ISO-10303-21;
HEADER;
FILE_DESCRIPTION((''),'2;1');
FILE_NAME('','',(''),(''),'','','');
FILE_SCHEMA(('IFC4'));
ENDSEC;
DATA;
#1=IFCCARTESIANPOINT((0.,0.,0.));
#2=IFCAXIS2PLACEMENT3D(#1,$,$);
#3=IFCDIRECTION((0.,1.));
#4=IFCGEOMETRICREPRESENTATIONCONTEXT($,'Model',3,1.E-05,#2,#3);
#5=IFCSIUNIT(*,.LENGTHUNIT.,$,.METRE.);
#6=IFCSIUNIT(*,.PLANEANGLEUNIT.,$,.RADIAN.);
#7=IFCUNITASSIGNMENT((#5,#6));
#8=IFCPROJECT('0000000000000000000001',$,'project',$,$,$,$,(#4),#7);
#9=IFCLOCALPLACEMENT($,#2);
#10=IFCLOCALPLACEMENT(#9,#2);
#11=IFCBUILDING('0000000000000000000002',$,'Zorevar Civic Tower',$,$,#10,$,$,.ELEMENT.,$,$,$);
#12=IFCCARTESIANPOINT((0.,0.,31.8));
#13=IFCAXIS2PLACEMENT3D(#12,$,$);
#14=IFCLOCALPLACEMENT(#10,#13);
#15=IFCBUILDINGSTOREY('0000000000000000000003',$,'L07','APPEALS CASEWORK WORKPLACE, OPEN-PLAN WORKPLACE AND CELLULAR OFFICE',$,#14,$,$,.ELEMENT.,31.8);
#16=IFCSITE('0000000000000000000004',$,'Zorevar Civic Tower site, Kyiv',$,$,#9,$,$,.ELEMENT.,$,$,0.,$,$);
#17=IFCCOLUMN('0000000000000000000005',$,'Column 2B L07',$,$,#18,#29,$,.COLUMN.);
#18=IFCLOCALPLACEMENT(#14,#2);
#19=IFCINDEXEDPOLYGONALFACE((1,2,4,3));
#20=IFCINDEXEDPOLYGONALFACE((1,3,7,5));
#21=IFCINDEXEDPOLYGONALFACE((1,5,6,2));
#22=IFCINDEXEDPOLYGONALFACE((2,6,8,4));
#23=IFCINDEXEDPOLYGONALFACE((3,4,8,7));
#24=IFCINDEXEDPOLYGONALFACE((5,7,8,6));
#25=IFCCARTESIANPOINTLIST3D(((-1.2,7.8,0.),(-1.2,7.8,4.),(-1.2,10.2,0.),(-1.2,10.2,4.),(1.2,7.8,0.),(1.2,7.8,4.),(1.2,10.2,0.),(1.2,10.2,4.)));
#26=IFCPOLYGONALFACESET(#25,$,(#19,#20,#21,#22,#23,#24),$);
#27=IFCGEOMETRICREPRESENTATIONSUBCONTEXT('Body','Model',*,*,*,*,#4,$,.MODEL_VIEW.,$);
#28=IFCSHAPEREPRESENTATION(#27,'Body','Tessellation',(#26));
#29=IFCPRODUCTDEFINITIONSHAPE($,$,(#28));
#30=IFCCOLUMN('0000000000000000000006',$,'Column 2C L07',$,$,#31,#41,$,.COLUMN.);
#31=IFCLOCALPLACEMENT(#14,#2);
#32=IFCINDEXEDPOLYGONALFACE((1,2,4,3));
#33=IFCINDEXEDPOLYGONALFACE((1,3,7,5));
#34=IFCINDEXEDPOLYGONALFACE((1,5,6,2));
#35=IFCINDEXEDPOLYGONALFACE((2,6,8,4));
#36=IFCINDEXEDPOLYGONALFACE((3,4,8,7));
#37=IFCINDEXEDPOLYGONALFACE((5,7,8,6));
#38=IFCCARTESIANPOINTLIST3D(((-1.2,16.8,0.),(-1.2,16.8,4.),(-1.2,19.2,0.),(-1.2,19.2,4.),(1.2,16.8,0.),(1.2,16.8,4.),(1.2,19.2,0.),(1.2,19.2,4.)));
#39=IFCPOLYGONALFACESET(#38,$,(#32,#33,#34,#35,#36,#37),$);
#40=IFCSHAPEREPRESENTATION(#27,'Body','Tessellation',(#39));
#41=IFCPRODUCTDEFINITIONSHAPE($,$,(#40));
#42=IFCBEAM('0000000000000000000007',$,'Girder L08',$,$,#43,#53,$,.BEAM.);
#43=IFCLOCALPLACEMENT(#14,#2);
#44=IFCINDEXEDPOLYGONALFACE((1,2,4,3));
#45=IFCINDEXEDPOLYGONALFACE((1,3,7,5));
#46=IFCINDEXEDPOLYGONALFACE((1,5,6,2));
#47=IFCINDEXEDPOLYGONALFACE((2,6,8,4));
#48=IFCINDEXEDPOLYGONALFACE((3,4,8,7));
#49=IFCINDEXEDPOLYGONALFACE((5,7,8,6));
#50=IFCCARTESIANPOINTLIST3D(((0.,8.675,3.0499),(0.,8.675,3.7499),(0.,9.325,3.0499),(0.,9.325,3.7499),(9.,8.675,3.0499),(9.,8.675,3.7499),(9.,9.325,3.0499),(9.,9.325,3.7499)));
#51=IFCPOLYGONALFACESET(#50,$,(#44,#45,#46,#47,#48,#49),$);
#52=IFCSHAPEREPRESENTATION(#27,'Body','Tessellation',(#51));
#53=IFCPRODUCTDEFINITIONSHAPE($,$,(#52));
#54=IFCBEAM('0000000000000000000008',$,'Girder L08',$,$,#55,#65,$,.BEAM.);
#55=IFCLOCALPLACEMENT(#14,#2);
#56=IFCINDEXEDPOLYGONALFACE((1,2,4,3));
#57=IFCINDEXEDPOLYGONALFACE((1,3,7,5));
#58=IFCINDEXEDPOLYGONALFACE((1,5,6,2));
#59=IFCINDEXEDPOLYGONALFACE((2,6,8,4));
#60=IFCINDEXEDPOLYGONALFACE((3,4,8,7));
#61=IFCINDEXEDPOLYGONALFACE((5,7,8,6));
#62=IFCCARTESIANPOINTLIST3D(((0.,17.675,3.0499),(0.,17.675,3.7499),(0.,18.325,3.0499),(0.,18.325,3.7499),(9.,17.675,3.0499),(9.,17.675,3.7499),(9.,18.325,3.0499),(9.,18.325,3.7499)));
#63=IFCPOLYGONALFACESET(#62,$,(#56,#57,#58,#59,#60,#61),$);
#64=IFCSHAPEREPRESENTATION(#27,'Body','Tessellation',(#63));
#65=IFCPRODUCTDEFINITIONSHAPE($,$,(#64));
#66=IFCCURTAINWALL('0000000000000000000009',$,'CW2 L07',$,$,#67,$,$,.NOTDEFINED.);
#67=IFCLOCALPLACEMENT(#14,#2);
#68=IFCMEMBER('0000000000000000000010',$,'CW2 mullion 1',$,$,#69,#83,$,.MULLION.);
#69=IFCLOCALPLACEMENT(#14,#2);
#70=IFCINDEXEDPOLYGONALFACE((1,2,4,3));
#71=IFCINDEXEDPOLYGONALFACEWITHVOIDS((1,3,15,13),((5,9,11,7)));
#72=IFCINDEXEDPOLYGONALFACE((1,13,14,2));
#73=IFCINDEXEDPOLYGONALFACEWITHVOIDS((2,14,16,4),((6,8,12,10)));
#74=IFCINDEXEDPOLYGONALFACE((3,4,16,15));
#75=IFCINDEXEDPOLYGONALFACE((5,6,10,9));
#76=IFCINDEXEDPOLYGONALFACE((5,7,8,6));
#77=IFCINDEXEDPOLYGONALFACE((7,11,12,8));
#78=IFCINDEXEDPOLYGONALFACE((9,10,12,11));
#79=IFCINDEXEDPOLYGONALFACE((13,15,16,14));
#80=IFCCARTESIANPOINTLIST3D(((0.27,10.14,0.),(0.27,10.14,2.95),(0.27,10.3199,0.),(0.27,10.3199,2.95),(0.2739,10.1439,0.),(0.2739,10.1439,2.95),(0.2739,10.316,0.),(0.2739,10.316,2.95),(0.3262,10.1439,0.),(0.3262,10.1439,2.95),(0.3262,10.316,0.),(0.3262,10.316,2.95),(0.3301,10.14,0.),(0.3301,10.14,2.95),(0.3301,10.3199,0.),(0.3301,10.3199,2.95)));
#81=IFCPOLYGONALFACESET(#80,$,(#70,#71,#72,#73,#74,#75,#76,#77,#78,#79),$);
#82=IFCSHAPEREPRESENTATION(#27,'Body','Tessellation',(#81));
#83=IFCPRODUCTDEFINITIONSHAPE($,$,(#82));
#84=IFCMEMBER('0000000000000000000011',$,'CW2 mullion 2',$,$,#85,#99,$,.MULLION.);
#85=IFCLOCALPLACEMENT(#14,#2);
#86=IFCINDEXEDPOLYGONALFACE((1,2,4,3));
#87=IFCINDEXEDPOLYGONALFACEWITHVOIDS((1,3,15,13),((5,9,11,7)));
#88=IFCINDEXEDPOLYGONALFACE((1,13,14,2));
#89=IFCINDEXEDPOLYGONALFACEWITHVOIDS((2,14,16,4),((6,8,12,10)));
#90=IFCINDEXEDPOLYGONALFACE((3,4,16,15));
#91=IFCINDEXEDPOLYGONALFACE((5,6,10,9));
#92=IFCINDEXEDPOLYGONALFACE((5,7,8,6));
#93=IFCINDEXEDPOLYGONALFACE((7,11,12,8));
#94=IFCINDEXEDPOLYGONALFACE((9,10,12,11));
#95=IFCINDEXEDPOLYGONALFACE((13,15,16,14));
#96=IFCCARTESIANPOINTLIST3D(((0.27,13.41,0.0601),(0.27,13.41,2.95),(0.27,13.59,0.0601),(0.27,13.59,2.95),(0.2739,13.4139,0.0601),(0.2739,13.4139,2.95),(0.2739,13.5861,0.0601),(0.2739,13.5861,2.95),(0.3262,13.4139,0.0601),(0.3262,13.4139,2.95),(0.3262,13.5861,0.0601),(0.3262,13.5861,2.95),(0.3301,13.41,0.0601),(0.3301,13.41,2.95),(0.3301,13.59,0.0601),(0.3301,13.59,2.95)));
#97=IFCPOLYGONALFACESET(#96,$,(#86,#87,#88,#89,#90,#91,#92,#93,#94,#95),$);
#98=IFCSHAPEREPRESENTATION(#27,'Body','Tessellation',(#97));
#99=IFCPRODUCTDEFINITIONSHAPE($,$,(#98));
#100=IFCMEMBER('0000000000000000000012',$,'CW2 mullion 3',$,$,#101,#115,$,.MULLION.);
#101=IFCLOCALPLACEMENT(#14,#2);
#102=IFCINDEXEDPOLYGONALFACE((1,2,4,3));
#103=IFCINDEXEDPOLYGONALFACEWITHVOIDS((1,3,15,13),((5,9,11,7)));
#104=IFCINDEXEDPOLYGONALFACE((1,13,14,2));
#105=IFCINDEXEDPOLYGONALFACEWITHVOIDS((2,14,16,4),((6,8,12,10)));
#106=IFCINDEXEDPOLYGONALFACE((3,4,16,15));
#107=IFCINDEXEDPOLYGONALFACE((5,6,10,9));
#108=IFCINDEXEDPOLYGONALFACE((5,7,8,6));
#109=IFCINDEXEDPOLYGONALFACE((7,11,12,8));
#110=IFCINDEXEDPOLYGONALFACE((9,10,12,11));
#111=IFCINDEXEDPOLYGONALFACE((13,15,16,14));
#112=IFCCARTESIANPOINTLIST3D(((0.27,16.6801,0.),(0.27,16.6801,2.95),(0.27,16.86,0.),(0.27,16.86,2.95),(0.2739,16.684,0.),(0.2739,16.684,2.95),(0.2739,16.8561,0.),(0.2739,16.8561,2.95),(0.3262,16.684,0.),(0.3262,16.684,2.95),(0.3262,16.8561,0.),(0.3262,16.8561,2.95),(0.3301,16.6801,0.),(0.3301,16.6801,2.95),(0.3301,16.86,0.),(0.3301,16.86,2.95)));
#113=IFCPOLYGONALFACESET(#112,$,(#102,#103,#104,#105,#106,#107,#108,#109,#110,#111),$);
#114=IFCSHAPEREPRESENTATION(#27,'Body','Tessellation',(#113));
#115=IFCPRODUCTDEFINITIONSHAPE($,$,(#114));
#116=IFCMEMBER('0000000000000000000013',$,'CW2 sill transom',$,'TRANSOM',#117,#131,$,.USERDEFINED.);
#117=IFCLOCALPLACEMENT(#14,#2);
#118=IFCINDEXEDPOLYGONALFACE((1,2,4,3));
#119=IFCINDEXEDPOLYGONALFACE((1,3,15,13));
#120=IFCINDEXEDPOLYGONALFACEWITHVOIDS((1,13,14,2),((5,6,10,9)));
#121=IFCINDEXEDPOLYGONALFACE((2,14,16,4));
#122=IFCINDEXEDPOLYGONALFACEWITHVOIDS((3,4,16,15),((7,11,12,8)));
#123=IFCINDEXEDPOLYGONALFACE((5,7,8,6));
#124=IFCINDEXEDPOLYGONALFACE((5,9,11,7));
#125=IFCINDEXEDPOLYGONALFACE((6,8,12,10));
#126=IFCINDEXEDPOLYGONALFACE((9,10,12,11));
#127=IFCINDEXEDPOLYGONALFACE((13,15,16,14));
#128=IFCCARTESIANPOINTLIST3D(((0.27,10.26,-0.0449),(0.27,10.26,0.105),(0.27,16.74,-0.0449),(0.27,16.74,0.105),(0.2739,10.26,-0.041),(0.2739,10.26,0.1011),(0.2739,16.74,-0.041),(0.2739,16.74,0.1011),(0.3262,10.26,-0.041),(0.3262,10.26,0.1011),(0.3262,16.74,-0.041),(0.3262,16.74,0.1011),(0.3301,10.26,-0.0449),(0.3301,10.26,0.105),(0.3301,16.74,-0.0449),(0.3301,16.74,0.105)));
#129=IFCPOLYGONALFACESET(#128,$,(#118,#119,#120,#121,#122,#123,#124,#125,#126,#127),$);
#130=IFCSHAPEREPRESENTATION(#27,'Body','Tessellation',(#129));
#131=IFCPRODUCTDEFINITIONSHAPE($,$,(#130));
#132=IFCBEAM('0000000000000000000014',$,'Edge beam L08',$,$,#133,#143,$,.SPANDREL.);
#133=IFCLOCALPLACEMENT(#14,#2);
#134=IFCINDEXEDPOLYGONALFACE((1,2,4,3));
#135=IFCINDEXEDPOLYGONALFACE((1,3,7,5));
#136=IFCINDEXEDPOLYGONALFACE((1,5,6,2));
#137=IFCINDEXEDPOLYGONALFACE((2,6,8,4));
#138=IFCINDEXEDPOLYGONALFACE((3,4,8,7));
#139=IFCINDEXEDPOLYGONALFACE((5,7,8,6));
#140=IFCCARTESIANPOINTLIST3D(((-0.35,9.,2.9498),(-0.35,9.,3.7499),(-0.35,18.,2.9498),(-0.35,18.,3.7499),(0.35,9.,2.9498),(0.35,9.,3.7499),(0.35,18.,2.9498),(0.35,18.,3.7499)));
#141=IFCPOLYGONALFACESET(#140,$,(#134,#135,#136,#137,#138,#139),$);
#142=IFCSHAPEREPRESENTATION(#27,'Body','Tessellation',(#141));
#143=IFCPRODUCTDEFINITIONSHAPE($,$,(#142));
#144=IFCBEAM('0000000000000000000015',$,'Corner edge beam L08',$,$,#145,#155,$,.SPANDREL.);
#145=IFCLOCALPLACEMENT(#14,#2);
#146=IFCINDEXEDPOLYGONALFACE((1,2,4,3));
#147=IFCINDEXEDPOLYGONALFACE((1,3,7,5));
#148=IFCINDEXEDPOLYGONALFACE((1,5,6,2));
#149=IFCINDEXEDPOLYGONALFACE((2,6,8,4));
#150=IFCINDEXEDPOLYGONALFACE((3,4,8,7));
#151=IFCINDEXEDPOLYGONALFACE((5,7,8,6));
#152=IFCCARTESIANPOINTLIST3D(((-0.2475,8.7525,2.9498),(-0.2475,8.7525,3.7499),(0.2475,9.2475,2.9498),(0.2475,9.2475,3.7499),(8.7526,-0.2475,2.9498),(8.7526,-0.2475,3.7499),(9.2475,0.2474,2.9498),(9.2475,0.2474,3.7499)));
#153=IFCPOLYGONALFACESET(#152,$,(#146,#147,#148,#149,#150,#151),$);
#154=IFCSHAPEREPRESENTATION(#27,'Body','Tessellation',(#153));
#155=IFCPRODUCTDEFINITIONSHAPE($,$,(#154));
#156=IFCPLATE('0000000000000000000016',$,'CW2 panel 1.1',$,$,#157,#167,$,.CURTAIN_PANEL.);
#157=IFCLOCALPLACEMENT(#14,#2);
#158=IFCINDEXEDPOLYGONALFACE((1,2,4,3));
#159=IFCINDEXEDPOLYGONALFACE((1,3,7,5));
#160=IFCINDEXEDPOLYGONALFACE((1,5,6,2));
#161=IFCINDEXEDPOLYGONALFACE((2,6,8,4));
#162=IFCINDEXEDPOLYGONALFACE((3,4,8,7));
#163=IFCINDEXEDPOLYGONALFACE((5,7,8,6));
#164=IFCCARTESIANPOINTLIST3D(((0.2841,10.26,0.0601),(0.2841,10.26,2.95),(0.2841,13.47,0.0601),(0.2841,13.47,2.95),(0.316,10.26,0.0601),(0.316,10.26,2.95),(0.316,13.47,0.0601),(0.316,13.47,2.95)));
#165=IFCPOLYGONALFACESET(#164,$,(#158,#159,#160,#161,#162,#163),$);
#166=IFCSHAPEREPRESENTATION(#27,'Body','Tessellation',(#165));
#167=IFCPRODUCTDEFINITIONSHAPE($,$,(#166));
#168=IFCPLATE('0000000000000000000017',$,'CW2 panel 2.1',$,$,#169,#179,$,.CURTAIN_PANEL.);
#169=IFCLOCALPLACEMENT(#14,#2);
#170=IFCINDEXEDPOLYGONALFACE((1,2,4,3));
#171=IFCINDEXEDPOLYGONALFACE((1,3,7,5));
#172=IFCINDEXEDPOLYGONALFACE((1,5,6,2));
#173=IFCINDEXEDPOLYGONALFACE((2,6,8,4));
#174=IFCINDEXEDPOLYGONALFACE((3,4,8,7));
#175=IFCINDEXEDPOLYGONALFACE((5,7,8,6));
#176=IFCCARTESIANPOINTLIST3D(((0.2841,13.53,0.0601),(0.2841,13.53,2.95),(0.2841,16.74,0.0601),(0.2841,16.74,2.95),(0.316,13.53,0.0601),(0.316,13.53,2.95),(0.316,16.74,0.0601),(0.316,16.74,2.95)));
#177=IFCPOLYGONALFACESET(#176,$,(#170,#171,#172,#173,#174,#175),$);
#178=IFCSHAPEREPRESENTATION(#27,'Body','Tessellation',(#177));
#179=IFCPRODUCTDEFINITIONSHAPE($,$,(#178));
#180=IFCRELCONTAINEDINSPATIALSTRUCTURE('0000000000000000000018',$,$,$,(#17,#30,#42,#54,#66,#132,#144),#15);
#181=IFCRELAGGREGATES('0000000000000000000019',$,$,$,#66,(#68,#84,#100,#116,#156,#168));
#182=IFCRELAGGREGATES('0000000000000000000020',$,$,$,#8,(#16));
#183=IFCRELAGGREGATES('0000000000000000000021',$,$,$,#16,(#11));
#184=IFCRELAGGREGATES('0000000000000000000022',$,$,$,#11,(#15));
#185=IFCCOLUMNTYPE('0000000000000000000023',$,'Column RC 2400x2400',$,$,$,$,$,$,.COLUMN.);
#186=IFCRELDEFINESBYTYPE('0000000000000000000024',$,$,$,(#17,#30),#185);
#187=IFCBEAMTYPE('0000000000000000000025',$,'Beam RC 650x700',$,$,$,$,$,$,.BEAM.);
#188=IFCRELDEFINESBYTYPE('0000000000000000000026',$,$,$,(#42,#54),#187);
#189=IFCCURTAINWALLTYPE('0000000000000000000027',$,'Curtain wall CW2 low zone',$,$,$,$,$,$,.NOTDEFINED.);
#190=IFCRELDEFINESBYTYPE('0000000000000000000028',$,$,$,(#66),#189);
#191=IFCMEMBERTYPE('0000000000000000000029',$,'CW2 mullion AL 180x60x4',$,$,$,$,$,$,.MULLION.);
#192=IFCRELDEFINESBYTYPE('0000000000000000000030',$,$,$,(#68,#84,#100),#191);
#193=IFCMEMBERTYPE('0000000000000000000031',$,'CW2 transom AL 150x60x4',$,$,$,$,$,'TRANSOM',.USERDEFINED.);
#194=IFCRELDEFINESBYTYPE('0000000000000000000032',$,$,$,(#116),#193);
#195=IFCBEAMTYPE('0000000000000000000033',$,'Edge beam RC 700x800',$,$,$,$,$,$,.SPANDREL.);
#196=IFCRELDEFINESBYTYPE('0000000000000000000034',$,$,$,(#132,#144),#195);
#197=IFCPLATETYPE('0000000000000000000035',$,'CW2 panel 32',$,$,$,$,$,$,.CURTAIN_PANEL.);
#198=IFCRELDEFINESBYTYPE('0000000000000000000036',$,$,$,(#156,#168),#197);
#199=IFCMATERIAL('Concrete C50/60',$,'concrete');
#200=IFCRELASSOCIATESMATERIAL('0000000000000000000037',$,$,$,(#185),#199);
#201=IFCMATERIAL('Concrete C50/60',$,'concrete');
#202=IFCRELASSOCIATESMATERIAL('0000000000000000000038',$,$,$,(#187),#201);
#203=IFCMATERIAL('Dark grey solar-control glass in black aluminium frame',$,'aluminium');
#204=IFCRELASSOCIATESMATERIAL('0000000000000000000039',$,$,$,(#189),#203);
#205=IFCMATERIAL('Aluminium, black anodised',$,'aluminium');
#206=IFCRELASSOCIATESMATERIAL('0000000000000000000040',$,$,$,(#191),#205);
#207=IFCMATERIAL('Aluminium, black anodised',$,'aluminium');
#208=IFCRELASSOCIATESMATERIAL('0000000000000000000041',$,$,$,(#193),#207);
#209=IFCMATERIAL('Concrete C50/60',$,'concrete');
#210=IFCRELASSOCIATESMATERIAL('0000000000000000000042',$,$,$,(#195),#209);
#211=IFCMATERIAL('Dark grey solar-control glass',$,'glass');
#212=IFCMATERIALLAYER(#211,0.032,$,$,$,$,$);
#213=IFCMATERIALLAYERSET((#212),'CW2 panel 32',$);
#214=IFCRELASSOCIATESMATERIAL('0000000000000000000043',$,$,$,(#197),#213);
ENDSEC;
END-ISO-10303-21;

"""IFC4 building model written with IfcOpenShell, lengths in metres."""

from ifc_helpers import new_model, si_unit, direction, frame, origin, origin_2d, place, context, subcontext, project, spatial, rectangle, hollow_rectangle, extrude, material, layer, layer_set, material_profile, profile_set, type_object, element, aggregate, save


model = new_model("IFC4")

# Units and contexts
model_context = context("Model", 3, precision=1e-05, world=origin(), true_north=direction((0.0, 1.0)))
body_context = subcontext(model_context, "Body", "Model", "MODEL_VIEW")
ifc_project = project(units=[si_unit("LENGTHUNIT", "METRE"), si_unit("PLANEANGLEUNIT", "RADIAN")], contexts=[model_context])

# Site, building, storey
site_placement = place(None, origin())
site = spatial("IfcSite", under=ifc_project, at=site_placement, Name="Zorevar Civic Tower site, Kyiv", CompositionType="ELEMENT", RefElevation=0.0)
building_placement = place(site_placement, origin())
building = spatial("IfcBuilding", under=site, at=building_placement, Name="Zorevar Civic Tower", CompositionType="ELEMENT")
storey_placement = place(building_placement, frame((0.0, 0.0, 31.8)))
storey = spatial("IfcBuildingStorey", under=building, at=storey_placement, Name="L07", Description="APPEALS CASEWORK WORKPLACE, OPEN-PLAN WORKPLACE AND CELLULAR OFFICE", CompositionType="ELEMENT", Elevation=31.8)

# Columns
ifc_material_1 = material(Name="Concrete C50/60", Category="concrete")
ifc_material_profile_1 = material_profile(ifc_material_1, rectangle(XDim=2.3999, YDim=2.3999, at=origin_2d()), Name="RC 2400x2400")
ifc_profile_set_1 = profile_set([ifc_material_profile_1], Name="Concrete C50/60")
column_type = type_object("IfcColumnType", Name="Column RC 2400x2400", PredefinedType="COLUMN", material=ifc_profile_set_1)
for number, where, z_axis, x_axis, name in (
    (1, (0.0, 9.0, 0.0), (0.0, 0.0, 1.0), (1.0, 0.0, 0.0), "Column 2B L07"),
    (2, (0.0, 18.0, 0.0), (0.0, 0.0, 1.0), (1.0, 0.0, 0.0), "Column 2C L07"),
):
    element("IfcColumn", number, at=place(storey_placement, frame(where, z_axis=z_axis, x_axis=x_axis)), inside=storey, type_object=column_type, Name=name, PredefinedType="COLUMN", context=body_context, shape_type="SweptSolid", body=[
        extrude(rectangle(XDim=2.3999, YDim=2.3999, at=origin_2d()), origin(), (0.0, 0.0, 1.0), 4.0),
    ])

# Beams
ifc_material_2 = material(Name="Concrete C50/60", Category="concrete")
ifc_material_profile_2 = material_profile(ifc_material_2, rectangle(XDim=0.6499, YDim=0.7, at=origin_2d()), Name="RC 650x700")
ifc_profile_set_2 = profile_set([ifc_material_profile_2], Name="Concrete C50/60")
beam_type_1 = type_object("IfcBeamType", Name="Beam RC 650x700", PredefinedType="BEAM", material=ifc_profile_set_2)
for number, where, z_axis, x_axis, name in (
    (3, (0.0, 9.0, 3.3999), (1.0, 0.0, 0.0), (0.0, 1.0, 0.0), "Girder L08"),
    (4, (0.0, 18.0, 3.3999), (1.0, 0.0, 0.0), (0.0, 1.0, 0.0), "Girder L08"),
):
    element("IfcBeam", number, at=place(storey_placement, frame(where, z_axis=z_axis, x_axis=x_axis)), inside=storey, type_object=beam_type_1, Name=name, PredefinedType="BEAM", context=body_context, shape_type="SweptSolid", body=[
        extrude(rectangle(XDim=0.6499, YDim=0.7, at=origin_2d()), origin(), (0.0, 0.0, 1.0), 9.0),
    ])

# Curtain wall, members
ifc_material_3 = material(Name="Dark grey solar-control glass in black aluminium frame", Category="aluminium")
curtain_wall_type = type_object("IfcCurtainWallType", Name="Curtain wall CW2 low zone", PredefinedType="NOTDEFINED", material=ifc_material_3)
curtain_wall_placement = place(storey_placement, origin())
curtain_wall = element("IfcCurtainWall", 5, at=curtain_wall_placement, inside=storey, type_object=curtain_wall_type, Name="CW2 L07", PredefinedType="NOTDEFINED")
ifc_material_4 = material(Name="Aluminium, black anodised", Category="aluminium")
ifc_material_profile_3 = material_profile(ifc_material_4, hollow_rectangle(XDim=0.0601, YDim=0.1799, WallThickness=0.0039, at=origin_2d()), Name="AL 180x60x4")
ifc_profile_set_3 = profile_set([ifc_material_profile_3], Name="Aluminium, black anodised")
member_type_1 = type_object("IfcMemberType", Name="CW2 mullion AL 180x60x4", PredefinedType="MULLION", material=ifc_profile_set_3)
member_1_placement = place(storey_placement, frame((0.3, 10.23, 0.0), z_axis=(0.0, 0.0, 1.0), x_axis=(-1.0, 0.0, 0.0)))
member_1 = element("IfcMember", 6, at=member_1_placement, type_object=member_type_1, Name="CW2 mullion 1", PredefinedType="MULLION", context=body_context, shape_type="SweptSolid", body=[
    extrude(hollow_rectangle(XDim=0.0601, YDim=0.1799, WallThickness=0.0039, at=origin_2d()), origin(), (0.0, 0.0, 1.0), 2.95),
])
member_2_placement = place(storey_placement, frame((0.3, 13.5, 0.0601), z_axis=(0.0, 0.0, 1.0), x_axis=(-1.0, 0.0, 0.0)))
member_2 = element("IfcMember", 7, at=member_2_placement, type_object=member_type_1, Name="CW2 mullion 2", PredefinedType="MULLION", context=body_context, shape_type="SweptSolid", body=[
    extrude(hollow_rectangle(XDim=0.0601, YDim=0.1799, WallThickness=0.0039, at=origin_2d()), origin(), (0.0, 0.0, 1.0), 2.8899),
])
member_3_placement = place(storey_placement, frame((0.3, 16.77, 0.0), z_axis=(0.0, 0.0, 1.0), x_axis=(-1.0, 0.0, 0.0)))
member_3 = element("IfcMember", 8, at=member_3_placement, type_object=member_type_1, Name="CW2 mullion 3", PredefinedType="MULLION", context=body_context, shape_type="SweptSolid", body=[
    extrude(hollow_rectangle(XDim=0.0601, YDim=0.1799, WallThickness=0.0039, at=origin_2d()), origin(), (0.0, 0.0, 1.0), 2.95),
])
ifc_material_5 = material(Name="Aluminium, black anodised", Category="aluminium")
ifc_material_profile_4 = material_profile(ifc_material_5, hollow_rectangle(XDim=0.0601, YDim=0.1499, WallThickness=0.0039, at=origin_2d()), Name="AL 150x60x4")
ifc_profile_set_4 = profile_set([ifc_material_profile_4], Name="Aluminium, black anodised")
member_type_2 = type_object("IfcMemberType", Name="CW2 transom AL 150x60x4", ElementType="TRANSOM", PredefinedType="USERDEFINED", material=ifc_profile_set_4)
member_4_placement = place(storey_placement, frame((0.3, 10.26, 0.03), z_axis=(0.0, 1.0, 0.0), x_axis=(-1.0, 0.0, 0.0)))
member_4 = element("IfcMember", 9, at=member_4_placement, type_object=member_type_2, Name="CW2 sill transom", ObjectType="TRANSOM", PredefinedType="USERDEFINED", context=body_context, shape_type="SweptSolid", body=[
    extrude(hollow_rectangle(XDim=0.0601, YDim=0.1499, WallThickness=0.0039, at=origin_2d()), origin(), (0.0, 0.0, 1.0), 6.48),
])

# Beams
ifc_material_6 = material(Name="Concrete C50/60", Category="concrete")
ifc_material_profile_5 = material_profile(ifc_material_6, rectangle(XDim=0.7, YDim=0.8, at=origin_2d()), Name="RC 700x800")
ifc_profile_set_5 = profile_set([ifc_material_profile_5], Name="Concrete C50/60")
beam_type_2 = type_object("IfcBeamType", Name="Edge beam RC 700x800", PredefinedType="SPANDREL", material=ifc_profile_set_5)
beam_1_placement = place(storey_placement, frame((0.0, 9.0, 3.3499), z_axis=(0.0, 1.0, 0.0), x_axis=(-1.0, 0.0, 0.0)))
element("IfcBeam", 10, at=beam_1_placement, inside=storey, type_object=beam_type_2, Name="Edge beam L08", PredefinedType="SPANDREL", context=body_context, shape_type="SweptSolid", body=[
    extrude(rectangle(XDim=0.7, YDim=0.8, at=origin_2d()), origin(), (0.0, 0.0, 1.0), 9.0),
])
beam_2_placement = place(storey_placement, frame((0.0, 9.0, 3.3499), z_axis=(0.707107, -0.707107, 0.0), x_axis=(0.707107, 0.707107, 0.0)))
element("IfcBeam", 11, at=beam_2_placement, inside=storey, type_object=beam_type_2, Name="Corner edge beam L08", PredefinedType="SPANDREL", context=body_context, shape_type="SweptSolid", body=[
    extrude(rectangle(XDim=0.7, YDim=0.8, at=origin_2d()), origin(), (0.0, 0.0, 1.0), 12.728),
])

# Plates
ifc_material_7 = material(Name="Dark grey solar-control glass", Category="glass")
ifc_layer_1 = layer(ifc_material_7, 0.032)
ifc_layer_set_1 = layer_set([ifc_layer_1], Name="CW2 panel 32")
plate_type = type_object("IfcPlateType", Name="CW2 panel 32", PredefinedType="CURTAIN_PANEL", material=ifc_layer_set_1)
plate_1_placement = place(storey_placement, frame((0.3, 11.865, 0.0601), z_axis=(0.0, 0.0, 1.0), x_axis=(0.0, 1.0, 0.0)))
plate_1 = element("IfcPlate", 12, at=plate_1_placement, type_object=plate_type, Name="CW2 panel 1.1", PredefinedType="CURTAIN_PANEL", context=body_context, shape_type="SweptSolid", body=[
    extrude(rectangle(XDim=3.21, YDim=0.032, at=origin_2d()), origin(), (0.0, 0.0, 1.0), 2.8899),
])
plate_2_placement = place(storey_placement, frame((0.3, 15.135, 0.0601), z_axis=(0.0, 0.0, 1.0), x_axis=(0.0, 1.0, 0.0)))
plate_2 = element("IfcPlate", 13, at=plate_2_placement, type_object=plate_type, Name="CW2 panel 2.1", PredefinedType="CURTAIN_PANEL", context=body_context, shape_type="SweptSolid", body=[
    extrude(rectangle(XDim=3.21, YDim=0.032, at=origin_2d()), origin(), (0.0, 0.0, 1.0), 2.8899),
])
aggregate(curtain_wall, [member_1, member_2, member_3, member_4, plate_1, plate_2])

save(model, "model.ifc")
